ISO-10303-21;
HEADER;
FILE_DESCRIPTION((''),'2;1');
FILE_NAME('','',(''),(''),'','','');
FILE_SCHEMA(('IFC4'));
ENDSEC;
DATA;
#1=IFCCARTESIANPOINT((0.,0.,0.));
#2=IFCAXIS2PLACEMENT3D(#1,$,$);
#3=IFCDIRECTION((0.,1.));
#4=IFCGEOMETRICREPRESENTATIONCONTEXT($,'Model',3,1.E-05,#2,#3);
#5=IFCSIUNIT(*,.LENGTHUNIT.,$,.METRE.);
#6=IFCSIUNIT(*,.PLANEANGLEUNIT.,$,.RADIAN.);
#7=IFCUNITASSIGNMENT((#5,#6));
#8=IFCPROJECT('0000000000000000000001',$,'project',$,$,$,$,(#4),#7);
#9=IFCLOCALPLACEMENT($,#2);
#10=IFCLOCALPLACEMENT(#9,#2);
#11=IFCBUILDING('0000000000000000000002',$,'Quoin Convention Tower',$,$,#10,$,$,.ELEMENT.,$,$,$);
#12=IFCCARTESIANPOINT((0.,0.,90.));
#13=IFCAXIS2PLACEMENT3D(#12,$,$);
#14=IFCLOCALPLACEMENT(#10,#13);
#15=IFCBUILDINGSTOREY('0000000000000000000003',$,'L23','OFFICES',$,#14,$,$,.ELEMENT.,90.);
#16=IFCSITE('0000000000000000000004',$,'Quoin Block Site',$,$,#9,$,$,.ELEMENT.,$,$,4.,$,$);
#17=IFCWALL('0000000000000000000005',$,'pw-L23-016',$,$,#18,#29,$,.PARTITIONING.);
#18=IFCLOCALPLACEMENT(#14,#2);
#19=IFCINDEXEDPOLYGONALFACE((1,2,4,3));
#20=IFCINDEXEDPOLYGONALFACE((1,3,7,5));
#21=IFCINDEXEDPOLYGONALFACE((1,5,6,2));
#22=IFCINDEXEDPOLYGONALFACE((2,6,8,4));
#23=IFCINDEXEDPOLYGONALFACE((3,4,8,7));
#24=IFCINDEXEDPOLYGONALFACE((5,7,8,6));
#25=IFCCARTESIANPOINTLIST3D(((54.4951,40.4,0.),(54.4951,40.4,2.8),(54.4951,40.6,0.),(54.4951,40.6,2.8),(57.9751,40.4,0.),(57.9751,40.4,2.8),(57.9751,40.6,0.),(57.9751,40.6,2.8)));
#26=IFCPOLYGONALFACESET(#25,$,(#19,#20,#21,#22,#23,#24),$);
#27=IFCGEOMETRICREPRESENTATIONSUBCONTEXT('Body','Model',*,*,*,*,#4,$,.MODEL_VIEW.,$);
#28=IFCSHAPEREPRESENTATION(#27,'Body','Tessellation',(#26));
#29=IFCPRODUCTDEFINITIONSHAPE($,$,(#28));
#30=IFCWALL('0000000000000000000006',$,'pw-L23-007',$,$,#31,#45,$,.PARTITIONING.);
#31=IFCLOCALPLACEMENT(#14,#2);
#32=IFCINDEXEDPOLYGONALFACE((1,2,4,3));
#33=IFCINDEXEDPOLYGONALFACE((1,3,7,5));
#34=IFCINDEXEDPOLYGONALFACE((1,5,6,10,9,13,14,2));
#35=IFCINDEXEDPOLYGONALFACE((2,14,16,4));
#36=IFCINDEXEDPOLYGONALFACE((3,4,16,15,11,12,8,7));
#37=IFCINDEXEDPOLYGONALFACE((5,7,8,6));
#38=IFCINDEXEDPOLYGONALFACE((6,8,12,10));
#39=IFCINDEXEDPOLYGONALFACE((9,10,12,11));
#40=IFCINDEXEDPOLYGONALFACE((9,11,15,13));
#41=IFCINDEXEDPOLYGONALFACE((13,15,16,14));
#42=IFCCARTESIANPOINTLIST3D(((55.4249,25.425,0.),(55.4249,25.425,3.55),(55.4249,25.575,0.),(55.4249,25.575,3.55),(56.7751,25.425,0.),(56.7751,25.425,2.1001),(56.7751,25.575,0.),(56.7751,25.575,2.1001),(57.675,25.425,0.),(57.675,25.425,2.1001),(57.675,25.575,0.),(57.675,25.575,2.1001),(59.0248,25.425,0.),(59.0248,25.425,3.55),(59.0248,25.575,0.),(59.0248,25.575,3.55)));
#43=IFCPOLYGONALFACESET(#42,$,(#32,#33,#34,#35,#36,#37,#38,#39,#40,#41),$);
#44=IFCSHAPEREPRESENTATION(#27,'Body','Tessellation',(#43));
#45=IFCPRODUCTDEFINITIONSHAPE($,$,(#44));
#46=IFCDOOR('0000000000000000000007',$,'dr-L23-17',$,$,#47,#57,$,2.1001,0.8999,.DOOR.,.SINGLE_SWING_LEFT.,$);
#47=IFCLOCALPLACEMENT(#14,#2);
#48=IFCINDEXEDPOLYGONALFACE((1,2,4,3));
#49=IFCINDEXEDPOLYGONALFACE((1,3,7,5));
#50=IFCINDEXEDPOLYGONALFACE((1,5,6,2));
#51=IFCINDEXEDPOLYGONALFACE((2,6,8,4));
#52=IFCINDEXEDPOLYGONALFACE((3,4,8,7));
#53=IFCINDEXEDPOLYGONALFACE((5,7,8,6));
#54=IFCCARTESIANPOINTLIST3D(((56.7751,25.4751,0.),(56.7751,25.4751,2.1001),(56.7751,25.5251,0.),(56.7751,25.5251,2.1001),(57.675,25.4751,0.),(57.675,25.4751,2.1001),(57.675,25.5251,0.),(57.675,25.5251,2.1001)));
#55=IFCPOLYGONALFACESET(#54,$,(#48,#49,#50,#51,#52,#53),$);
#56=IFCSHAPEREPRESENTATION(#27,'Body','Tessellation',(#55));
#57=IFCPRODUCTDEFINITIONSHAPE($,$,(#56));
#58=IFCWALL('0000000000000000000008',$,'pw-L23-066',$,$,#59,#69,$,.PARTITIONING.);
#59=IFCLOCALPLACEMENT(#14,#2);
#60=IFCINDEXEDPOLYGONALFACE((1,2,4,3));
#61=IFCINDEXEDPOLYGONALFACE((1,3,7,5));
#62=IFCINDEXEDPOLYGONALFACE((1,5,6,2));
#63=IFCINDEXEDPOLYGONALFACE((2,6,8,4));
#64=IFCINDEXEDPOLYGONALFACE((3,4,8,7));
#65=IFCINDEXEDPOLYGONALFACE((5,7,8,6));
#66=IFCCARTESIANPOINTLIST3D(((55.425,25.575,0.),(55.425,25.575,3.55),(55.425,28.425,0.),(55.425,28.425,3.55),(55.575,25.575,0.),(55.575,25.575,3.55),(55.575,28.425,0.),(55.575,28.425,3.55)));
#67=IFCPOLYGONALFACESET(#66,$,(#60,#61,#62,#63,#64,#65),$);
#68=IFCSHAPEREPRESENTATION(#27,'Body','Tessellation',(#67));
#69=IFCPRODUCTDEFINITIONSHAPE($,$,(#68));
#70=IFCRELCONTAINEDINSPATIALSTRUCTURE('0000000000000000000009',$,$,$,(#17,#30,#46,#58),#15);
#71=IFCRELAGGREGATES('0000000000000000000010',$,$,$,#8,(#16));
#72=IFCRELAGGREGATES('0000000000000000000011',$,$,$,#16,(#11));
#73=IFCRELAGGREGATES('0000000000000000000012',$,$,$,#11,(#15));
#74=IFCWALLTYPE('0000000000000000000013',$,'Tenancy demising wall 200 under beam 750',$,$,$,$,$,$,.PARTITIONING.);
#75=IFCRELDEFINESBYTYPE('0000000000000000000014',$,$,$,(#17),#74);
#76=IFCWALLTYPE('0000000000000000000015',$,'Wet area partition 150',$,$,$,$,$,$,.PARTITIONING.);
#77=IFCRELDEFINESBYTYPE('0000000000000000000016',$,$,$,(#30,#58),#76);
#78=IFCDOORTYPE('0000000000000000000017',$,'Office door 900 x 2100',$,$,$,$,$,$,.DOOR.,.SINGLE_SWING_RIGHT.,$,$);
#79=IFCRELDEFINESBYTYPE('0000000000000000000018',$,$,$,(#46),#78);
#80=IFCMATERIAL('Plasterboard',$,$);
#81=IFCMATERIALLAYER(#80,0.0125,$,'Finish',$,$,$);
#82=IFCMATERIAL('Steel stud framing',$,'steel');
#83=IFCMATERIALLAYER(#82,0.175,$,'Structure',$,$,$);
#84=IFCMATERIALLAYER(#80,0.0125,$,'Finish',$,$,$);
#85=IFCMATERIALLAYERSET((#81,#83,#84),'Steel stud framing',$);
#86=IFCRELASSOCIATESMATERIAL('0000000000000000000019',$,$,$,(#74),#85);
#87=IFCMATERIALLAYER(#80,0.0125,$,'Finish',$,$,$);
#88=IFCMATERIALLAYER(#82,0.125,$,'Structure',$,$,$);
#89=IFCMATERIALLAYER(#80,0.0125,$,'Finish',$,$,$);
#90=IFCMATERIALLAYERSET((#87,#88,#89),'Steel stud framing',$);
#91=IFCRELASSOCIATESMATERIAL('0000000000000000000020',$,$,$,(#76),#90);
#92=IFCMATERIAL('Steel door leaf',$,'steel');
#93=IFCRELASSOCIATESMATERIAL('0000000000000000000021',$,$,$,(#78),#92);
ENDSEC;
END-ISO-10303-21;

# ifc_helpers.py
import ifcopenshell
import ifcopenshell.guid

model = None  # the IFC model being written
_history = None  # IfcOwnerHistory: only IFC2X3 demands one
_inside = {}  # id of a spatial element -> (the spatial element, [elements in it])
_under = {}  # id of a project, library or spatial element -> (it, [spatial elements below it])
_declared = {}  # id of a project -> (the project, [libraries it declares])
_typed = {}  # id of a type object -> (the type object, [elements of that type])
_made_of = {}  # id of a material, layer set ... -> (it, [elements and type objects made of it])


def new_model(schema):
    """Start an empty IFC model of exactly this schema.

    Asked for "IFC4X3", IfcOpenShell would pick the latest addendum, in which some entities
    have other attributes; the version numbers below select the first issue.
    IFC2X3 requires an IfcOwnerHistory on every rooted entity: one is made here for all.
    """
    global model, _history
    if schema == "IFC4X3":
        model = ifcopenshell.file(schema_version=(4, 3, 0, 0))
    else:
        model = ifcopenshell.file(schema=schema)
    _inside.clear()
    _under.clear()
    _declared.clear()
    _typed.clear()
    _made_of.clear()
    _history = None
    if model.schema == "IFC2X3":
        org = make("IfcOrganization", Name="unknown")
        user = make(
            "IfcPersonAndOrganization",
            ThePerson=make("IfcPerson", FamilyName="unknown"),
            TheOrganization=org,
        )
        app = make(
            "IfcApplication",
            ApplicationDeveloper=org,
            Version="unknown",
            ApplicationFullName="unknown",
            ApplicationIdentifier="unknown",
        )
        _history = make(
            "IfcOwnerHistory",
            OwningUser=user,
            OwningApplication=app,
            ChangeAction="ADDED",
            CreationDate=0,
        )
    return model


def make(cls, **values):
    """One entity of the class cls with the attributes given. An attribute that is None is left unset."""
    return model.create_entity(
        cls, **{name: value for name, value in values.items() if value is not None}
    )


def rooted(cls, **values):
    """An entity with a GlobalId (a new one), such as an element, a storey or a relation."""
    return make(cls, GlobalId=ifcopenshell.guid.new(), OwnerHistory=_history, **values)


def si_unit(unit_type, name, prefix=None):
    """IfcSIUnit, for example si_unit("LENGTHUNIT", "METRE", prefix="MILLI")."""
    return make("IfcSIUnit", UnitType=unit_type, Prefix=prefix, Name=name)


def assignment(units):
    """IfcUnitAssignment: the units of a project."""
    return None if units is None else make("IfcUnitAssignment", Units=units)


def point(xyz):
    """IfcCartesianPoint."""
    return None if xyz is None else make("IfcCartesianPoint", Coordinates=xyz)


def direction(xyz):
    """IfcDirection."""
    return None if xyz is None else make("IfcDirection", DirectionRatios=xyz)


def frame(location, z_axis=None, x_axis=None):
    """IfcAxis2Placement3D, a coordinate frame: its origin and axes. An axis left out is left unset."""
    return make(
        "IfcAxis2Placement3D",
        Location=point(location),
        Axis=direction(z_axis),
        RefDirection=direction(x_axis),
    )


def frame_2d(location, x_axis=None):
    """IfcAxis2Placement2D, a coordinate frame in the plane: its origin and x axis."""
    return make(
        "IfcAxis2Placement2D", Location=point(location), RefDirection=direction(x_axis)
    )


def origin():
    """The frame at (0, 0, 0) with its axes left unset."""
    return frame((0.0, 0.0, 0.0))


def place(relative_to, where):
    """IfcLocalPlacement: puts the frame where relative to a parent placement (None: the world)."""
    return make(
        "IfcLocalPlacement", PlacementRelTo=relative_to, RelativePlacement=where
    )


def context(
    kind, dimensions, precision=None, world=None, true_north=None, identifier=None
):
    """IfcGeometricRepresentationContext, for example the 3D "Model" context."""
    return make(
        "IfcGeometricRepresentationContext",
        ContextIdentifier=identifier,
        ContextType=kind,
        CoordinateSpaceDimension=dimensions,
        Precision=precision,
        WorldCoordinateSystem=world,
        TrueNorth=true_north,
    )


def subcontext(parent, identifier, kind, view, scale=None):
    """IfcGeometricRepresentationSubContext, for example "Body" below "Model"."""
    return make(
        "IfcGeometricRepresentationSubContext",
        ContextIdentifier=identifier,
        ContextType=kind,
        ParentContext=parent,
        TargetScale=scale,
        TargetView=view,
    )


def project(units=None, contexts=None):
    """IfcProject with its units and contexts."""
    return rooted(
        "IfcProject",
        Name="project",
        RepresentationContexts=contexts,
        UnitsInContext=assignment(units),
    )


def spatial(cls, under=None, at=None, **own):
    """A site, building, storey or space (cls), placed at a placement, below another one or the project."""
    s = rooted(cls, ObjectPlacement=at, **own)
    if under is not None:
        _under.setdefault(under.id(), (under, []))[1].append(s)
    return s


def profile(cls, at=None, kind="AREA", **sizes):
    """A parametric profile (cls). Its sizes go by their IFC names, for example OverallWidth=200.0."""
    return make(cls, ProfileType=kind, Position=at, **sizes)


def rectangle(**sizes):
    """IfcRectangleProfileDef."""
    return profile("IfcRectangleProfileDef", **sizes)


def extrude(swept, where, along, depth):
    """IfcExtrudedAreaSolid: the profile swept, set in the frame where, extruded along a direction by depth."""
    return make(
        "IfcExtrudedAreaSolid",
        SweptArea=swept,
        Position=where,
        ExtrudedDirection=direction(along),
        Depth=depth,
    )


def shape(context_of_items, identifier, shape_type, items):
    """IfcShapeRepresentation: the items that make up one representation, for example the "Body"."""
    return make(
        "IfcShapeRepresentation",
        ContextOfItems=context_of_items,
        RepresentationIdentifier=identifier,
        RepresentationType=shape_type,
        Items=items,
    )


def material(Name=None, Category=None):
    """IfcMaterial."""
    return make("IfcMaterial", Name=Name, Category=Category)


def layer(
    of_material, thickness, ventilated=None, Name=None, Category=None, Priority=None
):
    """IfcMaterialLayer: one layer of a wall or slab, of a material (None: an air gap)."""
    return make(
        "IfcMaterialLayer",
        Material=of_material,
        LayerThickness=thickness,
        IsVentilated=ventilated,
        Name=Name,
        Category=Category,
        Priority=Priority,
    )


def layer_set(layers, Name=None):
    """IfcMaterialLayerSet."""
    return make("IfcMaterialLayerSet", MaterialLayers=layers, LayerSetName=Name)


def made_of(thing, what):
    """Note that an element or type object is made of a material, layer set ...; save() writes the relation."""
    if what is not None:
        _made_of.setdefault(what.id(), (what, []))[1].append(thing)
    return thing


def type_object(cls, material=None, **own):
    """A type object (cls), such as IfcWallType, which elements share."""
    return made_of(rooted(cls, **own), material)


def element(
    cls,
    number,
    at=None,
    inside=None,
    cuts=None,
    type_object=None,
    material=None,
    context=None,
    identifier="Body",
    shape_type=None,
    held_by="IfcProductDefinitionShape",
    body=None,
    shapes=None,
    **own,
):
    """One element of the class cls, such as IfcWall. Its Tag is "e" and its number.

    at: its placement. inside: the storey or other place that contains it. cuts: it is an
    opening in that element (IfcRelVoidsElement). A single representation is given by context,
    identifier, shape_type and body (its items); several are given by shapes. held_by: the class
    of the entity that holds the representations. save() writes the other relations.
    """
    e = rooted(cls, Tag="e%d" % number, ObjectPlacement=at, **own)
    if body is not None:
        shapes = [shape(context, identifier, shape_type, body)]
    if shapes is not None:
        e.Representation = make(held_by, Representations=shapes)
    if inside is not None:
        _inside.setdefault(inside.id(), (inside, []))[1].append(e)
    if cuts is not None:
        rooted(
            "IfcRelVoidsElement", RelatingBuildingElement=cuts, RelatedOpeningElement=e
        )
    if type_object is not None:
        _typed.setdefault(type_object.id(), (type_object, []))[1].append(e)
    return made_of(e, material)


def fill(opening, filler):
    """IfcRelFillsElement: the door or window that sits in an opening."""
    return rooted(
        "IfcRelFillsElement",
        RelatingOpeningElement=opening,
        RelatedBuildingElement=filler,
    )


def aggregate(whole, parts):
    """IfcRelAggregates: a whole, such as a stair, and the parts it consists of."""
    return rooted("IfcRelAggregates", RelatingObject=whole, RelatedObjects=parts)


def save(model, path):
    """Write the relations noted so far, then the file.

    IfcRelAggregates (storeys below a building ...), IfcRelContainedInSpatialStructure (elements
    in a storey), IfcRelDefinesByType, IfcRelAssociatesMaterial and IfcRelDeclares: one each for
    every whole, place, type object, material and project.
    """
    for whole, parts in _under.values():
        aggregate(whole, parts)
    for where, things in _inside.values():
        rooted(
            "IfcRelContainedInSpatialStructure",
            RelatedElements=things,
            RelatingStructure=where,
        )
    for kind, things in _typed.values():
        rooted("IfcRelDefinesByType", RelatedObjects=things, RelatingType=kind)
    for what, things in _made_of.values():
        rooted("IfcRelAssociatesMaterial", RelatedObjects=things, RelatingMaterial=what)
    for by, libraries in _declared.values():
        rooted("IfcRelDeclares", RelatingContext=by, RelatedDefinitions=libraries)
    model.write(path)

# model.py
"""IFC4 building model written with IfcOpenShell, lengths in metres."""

from ifc_helpers import new_model, si_unit, direction, frame, frame_2d, origin, place, context, subcontext, project, spatial, rectangle, extrude, material, layer, layer_set, type_object, element, fill, save


model = new_model("IFC4")

# Units and contexts
model_context = context("Model", 3, precision=1e-05, world=origin(), true_north=direction((0.0, 1.0)))
body_context = subcontext(model_context, "Body", "Model", "MODEL_VIEW")
ifc_project = project(units=[si_unit("LENGTHUNIT", "METRE"), si_unit("PLANEANGLEUNIT", "RADIAN")], contexts=[model_context])

# Site, building, storey
site_placement = place(None, origin())
site = spatial("IfcSite", under=ifc_project, at=site_placement, Name="Quoin Block Site", CompositionType="ELEMENT", RefElevation=4.0)
building_placement = place(site_placement, origin())
building = spatial("IfcBuilding", under=site, at=building_placement, Name="Quoin Convention Tower", CompositionType="ELEMENT")
storey_placement = place(building_placement, frame((0.0, 0.0, 90.0)))
storey = spatial("IfcBuildingStorey", under=building, at=storey_placement, Name="L23", Description="OFFICES", CompositionType="ELEMENT", Elevation=90.0)

# Wall
ifc_material_1 = material(Name="Plasterboard")
ifc_material_2 = material(Name="Steel stud framing", Category="steel")
ifc_layer_1 = layer(ifc_material_1, 0.0125, Name="Finish")
ifc_layer_2 = layer(ifc_material_2, 0.175, Name="Structure")
ifc_layer_3 = layer(ifc_material_1, 0.0125, Name="Finish")
ifc_layer_set_1 = layer_set([ifc_layer_1, ifc_layer_2, ifc_layer_3], Name="Steel stud framing")
wall_type_1 = type_object("IfcWallType", Name="Tenancy demising wall 200 under beam 750", PredefinedType="PARTITIONING", material=ifc_layer_set_1)
wall_1_placement = place(storey_placement, frame((54.4951, 40.5, 0.0), z_axis=(0.0, 0.0, 1.0), x_axis=(1.0, 0.0, 0.0)))
element("IfcWall", 1, at=wall_1_placement, inside=storey, type_object=wall_type_1, Name="pw-L23-016", PredefinedType="PARTITIONING", context=body_context, shape_type="SweptSolid", body=[
    extrude(rectangle(XDim=3.48, YDim=0.2, at=frame_2d((1.74, 0.0))), origin(), (0.0, 0.0, 1.0), 2.8),
])

# Wall, opening, door
ifc_layer_4 = layer(ifc_material_1, 0.0125, Name="Finish")
ifc_layer_5 = layer(ifc_material_2, 0.125, Name="Structure")
ifc_layer_6 = layer(ifc_material_1, 0.0125, Name="Finish")
ifc_layer_set_2 = layer_set([ifc_layer_4, ifc_layer_5, ifc_layer_6], Name="Steel stud framing")
wall_type_2 = type_object("IfcWallType", Name="Wet area partition 150", PredefinedType="PARTITIONING", material=ifc_layer_set_2)
wall_2_placement = place(storey_placement, frame((55.425, 25.5, 0.0), z_axis=(0.0, 0.0, 1.0), x_axis=(1.0, 0.0, 0.0)))
wall_2 = element("IfcWall", 2, at=wall_2_placement, inside=storey, type_object=wall_type_2, Name="pw-L23-007", PredefinedType="PARTITIONING", context=body_context, shape_type="SweptSolid", body=[
    extrude(rectangle(XDim=3.5999, YDim=0.1499, at=frame_2d((1.7998, 0.0))), origin(), (0.0, 0.0, 1.0), 3.55),
])
opening_1_placement = place(wall_2_placement, frame((1.3501, 0.0, 0.0)))
opening_1 = element("IfcOpeningElement", 3, at=opening_1_placement, cuts=wall_2, PredefinedType="OPENING", context=body_context, shape_type="SweptSolid", body=[
    extrude(rectangle(XDim=0.8999, YDim=2.1001, at=frame_2d((0.45, 1.05))), frame((0.0, 0.085, 0.0), z_axis=(0.0, -1.0, 0.0), x_axis=(1.0, 0.0, 0.0)), (0.0, 0.0, 1.0), 0.1699),
])
ifc_material_3 = material(Name="Steel door leaf", Category="steel")
door_type = type_object("IfcDoorType", Name="Office door 900 x 2100", OperationType="SINGLE_SWING_RIGHT", PredefinedType="DOOR", material=ifc_material_3)
door_placement = place(opening_1_placement, frame((0.8999, 0.0, 0.0), z_axis=(0.0, 0.0, 1.0), x_axis=(-1.0, 0.0, 0.0)))
door = element("IfcDoor", 4, at=door_placement, inside=storey, type_object=door_type, Name="dr-L23-17", OperationType="SINGLE_SWING_LEFT", OverallHeight=2.1001, OverallWidth=0.8999, PredefinedType="DOOR", context=body_context, shape_type="SweptSolid", body=[
    extrude(rectangle(XDim=0.8999, YDim=2.1001, at=frame_2d((0.45, 1.05))), frame((0.0, 0.0249, 0.0), z_axis=(0.0, -1.0, 0.0), x_axis=(1.0, 0.0, 0.0)), (0.0, 0.0, 1.0), 0.05),
])
fill(opening_1, door)

# Wall
wall_3_placement = place(storey_placement, frame((55.5, 25.575, 0.0), z_axis=(0.0, 0.0, 1.0), x_axis=(0.0, 1.0, 0.0)))
element("IfcWall", 5, at=wall_3_placement, inside=storey, type_object=wall_type_2, Name="pw-L23-066", PredefinedType="PARTITIONING", context=body_context, shape_type="SweptSolid", body=[
    extrude(rectangle(XDim=2.8501, YDim=0.1499, at=frame_2d((1.425, 0.0))), origin(), (0.0, 0.0, 1.0), 3.55),
])

save(model, "model.ifc")
